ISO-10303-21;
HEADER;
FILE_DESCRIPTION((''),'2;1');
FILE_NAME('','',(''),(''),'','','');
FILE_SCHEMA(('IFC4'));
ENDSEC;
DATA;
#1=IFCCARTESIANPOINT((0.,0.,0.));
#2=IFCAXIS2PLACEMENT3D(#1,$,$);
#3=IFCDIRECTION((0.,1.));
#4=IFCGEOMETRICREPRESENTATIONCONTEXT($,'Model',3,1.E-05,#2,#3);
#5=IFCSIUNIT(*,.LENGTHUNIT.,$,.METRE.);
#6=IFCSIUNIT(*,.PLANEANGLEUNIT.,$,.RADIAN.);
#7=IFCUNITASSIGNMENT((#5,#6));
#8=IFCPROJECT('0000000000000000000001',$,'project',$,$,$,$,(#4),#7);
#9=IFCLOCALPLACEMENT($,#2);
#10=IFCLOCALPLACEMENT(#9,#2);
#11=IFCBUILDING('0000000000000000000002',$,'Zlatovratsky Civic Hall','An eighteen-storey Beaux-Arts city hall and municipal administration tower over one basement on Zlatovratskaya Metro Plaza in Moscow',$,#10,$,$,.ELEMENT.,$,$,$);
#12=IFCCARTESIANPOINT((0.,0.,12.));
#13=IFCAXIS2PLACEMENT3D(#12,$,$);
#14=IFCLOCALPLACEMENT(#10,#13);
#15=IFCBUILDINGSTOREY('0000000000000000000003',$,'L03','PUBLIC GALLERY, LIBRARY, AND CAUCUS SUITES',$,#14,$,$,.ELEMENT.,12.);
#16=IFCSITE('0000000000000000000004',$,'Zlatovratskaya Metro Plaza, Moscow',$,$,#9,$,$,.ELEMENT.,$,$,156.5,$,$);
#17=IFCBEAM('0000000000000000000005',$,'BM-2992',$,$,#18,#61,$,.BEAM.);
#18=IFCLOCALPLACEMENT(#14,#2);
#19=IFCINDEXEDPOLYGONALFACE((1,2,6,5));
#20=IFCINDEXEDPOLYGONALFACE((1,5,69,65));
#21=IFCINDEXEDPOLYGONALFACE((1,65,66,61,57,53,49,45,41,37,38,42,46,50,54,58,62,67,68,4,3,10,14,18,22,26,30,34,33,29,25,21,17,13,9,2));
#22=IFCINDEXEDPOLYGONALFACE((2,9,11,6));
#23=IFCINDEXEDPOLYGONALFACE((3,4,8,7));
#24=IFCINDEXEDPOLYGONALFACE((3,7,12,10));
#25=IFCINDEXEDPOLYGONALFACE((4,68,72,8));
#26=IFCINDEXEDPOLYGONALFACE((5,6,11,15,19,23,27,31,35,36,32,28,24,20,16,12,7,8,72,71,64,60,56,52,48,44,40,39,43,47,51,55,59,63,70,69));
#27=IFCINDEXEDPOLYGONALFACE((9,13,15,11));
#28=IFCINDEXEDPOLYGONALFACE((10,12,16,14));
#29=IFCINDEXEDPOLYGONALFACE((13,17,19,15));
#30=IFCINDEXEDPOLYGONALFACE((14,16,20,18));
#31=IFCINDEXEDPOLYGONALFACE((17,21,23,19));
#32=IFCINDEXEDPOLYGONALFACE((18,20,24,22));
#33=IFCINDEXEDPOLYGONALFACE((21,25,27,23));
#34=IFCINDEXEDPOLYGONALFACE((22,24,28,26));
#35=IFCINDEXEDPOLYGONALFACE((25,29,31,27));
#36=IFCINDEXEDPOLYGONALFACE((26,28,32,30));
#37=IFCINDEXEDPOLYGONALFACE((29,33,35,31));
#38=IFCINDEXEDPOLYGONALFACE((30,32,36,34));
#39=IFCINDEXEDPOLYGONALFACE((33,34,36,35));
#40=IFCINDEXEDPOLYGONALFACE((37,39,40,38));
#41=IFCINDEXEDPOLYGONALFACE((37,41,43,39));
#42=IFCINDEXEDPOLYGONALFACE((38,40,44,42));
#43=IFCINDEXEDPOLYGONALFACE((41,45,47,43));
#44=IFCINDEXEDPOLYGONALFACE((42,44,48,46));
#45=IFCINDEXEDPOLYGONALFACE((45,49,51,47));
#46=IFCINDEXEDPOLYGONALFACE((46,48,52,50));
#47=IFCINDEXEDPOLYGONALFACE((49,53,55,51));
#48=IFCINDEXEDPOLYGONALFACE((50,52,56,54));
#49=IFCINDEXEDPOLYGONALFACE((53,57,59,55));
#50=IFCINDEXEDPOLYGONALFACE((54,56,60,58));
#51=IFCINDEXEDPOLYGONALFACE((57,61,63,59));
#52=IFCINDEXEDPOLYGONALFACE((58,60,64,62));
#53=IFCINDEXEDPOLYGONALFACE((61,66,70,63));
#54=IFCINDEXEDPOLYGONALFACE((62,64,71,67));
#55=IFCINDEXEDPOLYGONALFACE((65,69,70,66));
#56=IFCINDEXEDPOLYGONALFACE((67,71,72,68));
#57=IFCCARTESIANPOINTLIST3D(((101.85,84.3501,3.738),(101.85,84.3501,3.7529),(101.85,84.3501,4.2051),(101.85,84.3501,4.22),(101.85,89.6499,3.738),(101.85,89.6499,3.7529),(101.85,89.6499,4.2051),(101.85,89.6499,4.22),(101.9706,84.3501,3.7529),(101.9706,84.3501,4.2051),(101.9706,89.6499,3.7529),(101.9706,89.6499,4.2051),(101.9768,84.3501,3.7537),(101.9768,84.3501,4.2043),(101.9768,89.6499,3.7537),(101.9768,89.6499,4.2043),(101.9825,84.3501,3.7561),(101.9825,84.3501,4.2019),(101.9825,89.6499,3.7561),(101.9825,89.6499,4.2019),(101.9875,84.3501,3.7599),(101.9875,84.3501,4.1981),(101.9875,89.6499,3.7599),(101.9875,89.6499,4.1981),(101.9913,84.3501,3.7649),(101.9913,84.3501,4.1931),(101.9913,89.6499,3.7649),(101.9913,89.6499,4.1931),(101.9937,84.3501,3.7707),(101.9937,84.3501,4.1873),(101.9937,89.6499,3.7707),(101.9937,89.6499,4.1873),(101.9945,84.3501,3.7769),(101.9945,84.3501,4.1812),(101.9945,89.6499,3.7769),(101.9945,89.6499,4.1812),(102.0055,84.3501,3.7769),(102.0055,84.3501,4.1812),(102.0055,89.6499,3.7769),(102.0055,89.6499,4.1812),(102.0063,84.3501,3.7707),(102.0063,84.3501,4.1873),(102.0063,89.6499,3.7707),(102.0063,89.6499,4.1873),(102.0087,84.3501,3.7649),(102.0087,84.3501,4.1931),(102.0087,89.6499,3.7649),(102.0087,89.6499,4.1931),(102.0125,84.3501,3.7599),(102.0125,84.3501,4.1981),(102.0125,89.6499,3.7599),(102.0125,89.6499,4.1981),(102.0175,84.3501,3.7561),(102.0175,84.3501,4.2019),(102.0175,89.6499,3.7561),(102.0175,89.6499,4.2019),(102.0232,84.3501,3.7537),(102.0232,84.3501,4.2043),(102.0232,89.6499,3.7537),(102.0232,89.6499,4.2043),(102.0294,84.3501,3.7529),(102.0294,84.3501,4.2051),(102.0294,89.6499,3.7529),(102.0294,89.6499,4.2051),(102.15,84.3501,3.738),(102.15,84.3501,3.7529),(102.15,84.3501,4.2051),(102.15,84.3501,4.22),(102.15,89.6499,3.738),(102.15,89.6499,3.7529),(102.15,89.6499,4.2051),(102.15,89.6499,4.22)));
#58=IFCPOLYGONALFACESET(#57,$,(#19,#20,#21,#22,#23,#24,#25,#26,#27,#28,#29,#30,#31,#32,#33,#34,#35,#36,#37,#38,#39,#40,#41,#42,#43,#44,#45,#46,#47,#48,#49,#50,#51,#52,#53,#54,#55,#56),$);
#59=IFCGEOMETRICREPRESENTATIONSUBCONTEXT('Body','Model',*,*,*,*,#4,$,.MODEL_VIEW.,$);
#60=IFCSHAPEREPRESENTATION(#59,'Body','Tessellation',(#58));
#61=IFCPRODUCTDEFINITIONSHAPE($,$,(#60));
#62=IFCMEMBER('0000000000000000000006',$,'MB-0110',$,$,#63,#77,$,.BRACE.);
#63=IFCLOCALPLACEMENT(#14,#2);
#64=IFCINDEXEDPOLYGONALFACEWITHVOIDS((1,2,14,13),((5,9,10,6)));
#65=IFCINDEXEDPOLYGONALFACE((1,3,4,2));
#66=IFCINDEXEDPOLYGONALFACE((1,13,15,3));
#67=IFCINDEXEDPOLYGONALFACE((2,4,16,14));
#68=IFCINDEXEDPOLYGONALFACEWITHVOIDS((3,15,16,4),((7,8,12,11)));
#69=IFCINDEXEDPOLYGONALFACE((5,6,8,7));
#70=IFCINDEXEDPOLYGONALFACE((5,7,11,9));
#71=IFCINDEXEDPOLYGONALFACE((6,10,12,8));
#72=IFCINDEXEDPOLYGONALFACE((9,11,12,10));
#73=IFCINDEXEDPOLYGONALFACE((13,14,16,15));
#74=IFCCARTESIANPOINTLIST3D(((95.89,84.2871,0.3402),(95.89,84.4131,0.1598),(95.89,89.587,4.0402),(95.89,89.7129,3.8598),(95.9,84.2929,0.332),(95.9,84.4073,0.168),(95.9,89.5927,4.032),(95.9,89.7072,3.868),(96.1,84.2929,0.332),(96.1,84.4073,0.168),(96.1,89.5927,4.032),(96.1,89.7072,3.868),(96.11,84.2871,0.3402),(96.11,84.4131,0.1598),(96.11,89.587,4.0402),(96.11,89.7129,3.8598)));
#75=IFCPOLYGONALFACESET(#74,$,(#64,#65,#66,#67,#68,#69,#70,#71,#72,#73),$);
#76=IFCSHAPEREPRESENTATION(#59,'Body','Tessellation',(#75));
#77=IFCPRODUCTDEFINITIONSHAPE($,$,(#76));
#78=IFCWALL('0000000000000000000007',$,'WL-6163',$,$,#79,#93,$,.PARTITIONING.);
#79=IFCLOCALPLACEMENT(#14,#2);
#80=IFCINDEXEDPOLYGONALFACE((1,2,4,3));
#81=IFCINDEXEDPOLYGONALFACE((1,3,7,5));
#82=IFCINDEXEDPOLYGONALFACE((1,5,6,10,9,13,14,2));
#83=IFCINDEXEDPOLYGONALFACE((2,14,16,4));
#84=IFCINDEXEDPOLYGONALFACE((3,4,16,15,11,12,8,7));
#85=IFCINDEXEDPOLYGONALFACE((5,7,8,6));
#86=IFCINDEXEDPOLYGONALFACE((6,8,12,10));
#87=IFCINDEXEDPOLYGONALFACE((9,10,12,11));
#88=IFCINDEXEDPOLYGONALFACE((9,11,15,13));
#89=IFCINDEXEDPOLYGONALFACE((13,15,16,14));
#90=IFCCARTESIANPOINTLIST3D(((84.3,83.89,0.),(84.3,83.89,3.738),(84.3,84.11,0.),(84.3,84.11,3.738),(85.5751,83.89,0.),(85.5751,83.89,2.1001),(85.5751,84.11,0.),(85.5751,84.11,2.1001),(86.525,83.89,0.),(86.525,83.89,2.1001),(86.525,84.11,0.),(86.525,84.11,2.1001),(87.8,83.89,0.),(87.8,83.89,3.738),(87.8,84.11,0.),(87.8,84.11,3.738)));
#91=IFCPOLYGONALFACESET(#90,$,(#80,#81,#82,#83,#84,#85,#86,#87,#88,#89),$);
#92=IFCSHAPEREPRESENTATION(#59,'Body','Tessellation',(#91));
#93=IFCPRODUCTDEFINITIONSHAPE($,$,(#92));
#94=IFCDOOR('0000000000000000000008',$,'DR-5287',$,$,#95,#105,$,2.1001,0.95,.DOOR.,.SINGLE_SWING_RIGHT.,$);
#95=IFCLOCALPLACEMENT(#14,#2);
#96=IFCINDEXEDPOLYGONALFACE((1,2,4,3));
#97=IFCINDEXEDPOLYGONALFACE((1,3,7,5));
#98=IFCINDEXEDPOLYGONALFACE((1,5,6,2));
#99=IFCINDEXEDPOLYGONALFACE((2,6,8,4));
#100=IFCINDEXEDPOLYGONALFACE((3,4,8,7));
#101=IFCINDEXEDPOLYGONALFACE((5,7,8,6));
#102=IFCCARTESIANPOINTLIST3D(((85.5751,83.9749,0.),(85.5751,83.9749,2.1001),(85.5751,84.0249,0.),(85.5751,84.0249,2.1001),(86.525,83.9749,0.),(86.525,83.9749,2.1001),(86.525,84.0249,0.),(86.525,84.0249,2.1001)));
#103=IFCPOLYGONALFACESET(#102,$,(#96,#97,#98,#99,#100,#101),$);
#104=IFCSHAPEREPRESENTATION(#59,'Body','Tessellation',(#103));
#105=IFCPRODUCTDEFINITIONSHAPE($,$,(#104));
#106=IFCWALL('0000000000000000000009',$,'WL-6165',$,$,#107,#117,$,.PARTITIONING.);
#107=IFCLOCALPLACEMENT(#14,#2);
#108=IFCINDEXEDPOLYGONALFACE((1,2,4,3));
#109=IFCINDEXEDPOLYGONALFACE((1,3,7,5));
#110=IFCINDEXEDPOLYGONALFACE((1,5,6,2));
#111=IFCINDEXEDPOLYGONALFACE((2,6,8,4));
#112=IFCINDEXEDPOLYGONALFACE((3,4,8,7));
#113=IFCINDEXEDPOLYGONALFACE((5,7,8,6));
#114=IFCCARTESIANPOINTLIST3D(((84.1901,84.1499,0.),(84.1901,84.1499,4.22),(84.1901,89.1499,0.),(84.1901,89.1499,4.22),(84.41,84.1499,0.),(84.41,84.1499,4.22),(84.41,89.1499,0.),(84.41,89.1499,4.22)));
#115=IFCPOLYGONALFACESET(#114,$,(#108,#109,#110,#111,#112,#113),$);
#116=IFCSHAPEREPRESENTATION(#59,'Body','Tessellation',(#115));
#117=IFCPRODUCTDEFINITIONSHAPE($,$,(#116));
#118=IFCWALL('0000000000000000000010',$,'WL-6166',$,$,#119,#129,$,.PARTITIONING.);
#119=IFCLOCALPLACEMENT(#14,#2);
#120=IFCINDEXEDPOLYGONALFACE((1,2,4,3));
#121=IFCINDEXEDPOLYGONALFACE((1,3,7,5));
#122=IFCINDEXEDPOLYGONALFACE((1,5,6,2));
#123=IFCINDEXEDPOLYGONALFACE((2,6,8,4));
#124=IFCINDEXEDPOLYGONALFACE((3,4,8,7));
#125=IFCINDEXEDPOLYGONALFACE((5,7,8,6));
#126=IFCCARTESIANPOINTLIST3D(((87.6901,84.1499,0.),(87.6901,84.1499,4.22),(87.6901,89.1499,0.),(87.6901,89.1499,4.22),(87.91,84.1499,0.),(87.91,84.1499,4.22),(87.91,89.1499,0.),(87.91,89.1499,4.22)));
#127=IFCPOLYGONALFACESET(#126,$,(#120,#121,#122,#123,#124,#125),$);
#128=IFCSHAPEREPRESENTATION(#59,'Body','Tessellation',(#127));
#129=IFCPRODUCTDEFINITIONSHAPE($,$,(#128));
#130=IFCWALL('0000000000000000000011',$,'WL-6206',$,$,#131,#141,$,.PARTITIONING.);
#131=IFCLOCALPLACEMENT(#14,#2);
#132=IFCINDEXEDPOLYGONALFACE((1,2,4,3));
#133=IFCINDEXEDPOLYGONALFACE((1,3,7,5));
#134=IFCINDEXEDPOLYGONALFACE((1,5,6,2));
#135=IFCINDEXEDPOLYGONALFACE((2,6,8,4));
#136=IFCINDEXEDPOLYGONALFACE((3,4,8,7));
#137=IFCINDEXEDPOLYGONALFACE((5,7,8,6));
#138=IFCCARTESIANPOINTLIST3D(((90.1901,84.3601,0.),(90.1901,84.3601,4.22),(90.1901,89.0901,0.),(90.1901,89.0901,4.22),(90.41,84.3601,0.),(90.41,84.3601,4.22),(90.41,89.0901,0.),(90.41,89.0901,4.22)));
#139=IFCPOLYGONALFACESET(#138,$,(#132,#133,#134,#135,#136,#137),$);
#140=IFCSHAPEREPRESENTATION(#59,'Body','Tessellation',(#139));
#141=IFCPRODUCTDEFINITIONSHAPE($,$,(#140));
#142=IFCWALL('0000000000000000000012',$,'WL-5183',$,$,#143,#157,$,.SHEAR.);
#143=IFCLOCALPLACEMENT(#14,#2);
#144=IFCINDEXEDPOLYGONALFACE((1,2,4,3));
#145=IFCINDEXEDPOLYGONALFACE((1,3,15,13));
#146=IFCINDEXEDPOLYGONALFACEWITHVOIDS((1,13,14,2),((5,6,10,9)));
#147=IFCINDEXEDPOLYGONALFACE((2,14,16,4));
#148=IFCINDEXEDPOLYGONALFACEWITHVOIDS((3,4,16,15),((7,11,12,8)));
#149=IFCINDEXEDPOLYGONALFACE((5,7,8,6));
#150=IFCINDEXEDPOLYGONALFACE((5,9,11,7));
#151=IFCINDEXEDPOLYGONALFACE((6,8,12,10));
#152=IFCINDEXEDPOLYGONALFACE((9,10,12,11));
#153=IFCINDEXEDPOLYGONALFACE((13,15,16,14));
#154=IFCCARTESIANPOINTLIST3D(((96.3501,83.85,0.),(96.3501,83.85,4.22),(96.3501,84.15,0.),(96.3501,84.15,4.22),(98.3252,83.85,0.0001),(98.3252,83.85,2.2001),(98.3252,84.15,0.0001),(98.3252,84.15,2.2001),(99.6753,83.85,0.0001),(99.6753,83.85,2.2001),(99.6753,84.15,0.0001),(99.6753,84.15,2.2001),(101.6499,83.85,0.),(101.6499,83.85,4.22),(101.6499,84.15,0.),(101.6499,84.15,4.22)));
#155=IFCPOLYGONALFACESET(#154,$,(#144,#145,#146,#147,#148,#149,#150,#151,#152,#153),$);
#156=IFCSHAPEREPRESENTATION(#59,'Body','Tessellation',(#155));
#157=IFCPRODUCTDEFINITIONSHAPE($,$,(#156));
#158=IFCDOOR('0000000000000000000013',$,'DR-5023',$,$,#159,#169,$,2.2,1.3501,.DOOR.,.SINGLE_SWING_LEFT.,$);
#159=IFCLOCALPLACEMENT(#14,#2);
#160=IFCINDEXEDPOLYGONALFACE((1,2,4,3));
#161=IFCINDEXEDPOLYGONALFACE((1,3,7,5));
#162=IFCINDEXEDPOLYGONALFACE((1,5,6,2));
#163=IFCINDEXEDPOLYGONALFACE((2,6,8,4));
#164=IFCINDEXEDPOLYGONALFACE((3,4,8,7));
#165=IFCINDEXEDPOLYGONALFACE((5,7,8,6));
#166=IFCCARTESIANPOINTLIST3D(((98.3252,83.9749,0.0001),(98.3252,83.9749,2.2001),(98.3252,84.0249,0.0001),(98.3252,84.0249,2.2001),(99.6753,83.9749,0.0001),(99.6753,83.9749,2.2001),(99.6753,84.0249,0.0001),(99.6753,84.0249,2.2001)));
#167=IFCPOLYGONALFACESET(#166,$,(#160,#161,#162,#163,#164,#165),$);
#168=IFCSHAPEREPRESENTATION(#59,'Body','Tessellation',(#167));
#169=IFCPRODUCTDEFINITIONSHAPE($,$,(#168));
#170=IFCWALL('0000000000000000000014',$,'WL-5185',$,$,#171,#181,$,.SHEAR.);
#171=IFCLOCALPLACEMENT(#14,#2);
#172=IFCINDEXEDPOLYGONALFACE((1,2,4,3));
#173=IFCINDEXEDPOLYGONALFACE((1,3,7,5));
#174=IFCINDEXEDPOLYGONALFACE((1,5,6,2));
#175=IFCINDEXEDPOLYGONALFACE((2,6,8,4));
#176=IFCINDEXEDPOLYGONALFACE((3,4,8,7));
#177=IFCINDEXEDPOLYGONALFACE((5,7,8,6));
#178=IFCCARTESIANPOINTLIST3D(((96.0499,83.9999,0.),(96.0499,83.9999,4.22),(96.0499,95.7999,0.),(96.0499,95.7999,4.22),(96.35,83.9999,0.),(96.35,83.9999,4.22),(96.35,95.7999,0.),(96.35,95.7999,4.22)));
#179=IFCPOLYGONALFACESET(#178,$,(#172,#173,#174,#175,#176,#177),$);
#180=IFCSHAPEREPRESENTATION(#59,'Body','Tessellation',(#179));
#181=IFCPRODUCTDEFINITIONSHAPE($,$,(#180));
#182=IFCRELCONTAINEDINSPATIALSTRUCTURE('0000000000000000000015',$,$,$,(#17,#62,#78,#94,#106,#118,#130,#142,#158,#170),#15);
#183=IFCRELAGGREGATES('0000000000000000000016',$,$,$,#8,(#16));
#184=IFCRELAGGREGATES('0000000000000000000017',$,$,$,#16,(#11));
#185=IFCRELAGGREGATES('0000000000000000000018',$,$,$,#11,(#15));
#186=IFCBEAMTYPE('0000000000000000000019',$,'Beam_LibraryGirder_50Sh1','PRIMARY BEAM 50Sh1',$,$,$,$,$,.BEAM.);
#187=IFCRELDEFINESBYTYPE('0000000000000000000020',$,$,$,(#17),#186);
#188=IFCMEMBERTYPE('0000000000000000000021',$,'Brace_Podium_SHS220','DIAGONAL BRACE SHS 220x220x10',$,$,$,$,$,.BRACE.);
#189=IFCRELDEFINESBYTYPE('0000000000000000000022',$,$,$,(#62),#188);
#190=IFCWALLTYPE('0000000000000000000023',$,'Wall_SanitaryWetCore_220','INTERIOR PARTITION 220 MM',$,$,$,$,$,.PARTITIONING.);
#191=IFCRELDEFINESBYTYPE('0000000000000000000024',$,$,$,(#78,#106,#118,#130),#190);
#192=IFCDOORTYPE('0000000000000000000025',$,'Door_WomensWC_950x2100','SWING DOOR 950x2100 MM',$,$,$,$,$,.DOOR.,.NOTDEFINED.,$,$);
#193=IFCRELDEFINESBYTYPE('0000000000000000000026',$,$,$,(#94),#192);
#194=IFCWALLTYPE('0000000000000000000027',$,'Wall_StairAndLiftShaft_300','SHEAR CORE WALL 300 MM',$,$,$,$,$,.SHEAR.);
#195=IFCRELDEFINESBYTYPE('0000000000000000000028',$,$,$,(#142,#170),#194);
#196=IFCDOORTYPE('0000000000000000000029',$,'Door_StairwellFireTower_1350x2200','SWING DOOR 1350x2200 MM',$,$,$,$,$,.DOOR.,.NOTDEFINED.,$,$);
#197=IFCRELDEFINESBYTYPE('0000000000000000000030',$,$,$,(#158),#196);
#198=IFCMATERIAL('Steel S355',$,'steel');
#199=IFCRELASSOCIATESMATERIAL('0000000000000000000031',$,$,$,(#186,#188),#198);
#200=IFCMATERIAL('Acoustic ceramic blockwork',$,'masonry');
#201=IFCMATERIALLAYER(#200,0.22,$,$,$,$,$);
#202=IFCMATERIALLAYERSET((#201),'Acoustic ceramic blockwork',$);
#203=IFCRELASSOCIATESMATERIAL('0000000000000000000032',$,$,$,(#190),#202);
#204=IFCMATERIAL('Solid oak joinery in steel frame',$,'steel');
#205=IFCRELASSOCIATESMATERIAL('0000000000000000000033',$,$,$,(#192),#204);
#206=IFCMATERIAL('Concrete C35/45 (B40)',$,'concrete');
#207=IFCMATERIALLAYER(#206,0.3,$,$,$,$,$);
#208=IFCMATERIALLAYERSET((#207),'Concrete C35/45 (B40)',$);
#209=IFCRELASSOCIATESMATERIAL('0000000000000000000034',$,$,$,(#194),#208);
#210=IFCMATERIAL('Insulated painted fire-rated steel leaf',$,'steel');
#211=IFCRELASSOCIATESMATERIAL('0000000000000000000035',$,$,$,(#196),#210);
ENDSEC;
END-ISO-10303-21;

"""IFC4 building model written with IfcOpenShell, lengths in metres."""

from ifc_helpers import new_model, si_unit, direction, frame, frame_2d, origin, origin_2d, place, context, subcontext, project, spatial, rectangle, hollow_rectangle, i_section, extrude, material, layer, layer_set, material_profile, profile_set, type_object, element, fill, save


model = new_model("IFC4")

# Units and contexts
model_context = context("Model", 3, precision=1e-05, world=origin(), true_north=direction((0.0, 1.0)))
body_context = subcontext(model_context, "Body", "Model", "MODEL_VIEW")
ifc_project = project(units=[si_unit("LENGTHUNIT", "METRE"), si_unit("PLANEANGLEUNIT", "RADIAN")], contexts=[model_context])

# Site, building, storey
site_placement = place(None, origin())
site = spatial("IfcSite", under=ifc_project, at=site_placement, Name="Zlatovratskaya Metro Plaza, Moscow", CompositionType="ELEMENT", RefElevation=156.5)
building_placement = place(site_placement, origin())
building = spatial("IfcBuilding", under=site, at=building_placement, Name="Zlatovratsky Civic Hall", Description="An eighteen-storey Beaux-Arts city hall and municipal administration tower over one basement on Zlatovratskaya Metro Plaza in Moscow", CompositionType="ELEMENT")
storey_placement = place(building_placement, frame((0.0, 0.0, 12.0)))
storey = spatial("IfcBuildingStorey", under=building, at=storey_placement, Name="L03", Description="PUBLIC GALLERY, LIBRARY, AND CAUCUS SUITES", CompositionType="ELEMENT", Elevation=12.0)

# Shared definitions
ifc_material_1 = material(Name="Concrete C35/45 (B40)", Category="concrete")

# Beam
ifc_material_2 = material(Name="Steel S355", Category="steel")
ifc_material_profile_1 = material_profile(ifc_material_2, i_section(OverallWidth=0.3, OverallDepth=0.4819, WebThickness=0.011, FlangeThickness=0.0149, FilletRadius=0.0239, at=origin_2d()), Name="50Sh1")
ifc_profile_set_1 = profile_set([ifc_material_profile_1], Name="Steel S355")
beam_type = type_object("IfcBeamType", Name="Beam_LibraryGirder_50Sh1", Description="PRIMARY BEAM 50Sh1", PredefinedType="BEAM", material=ifc_profile_set_1)
beam_1_placement = place(storey_placement, frame((102.0, 84.3501, 3.979), z_axis=(0.0, 1.0, 0.0), x_axis=(-1.0, 0.0, 0.0)))
element("IfcBeam", 1, at=beam_1_placement, inside=storey, type_object=beam_type, Name="BM-2992", PredefinedType="BEAM", context=body_context, shape_type="SweptSolid", body=[
    extrude(i_section(OverallWidth=0.3, OverallDepth=0.4819, WebThickness=0.011, FlangeThickness=0.0149, FilletRadius=0.0239, at=origin_2d()), origin(), (0.0, 0.0, 1.0), 5.2998),
])

# Member
ifc_material_profile_2 = material_profile(ifc_material_2, hollow_rectangle(XDim=0.22, YDim=0.22, WallThickness=0.01, at=origin_2d()), Name="SHS 220x220x10")
ifc_profile_set_2 = profile_set([ifc_material_profile_2], Name="Steel S355")
member_type = type_object("IfcMemberType", Name="Brace_Podium_SHS220", Description="DIAGONAL BRACE SHS 220x220x10", PredefinedType="BRACE", material=ifc_profile_set_2)
member_placement = place(storey_placement, frame((96.0, 84.3501, 0.25), z_axis=(0.0, 0.819952, 0.572433), x_axis=(-1.0, 0.0, 0.0)))
element("IfcMember", 2, at=member_placement, inside=storey, type_object=member_type, Name="MB-0110", PredefinedType="BRACE", context=body_context, shape_type="SweptSolid", body=[
    extrude(hollow_rectangle(XDim=0.22, YDim=0.22, WallThickness=0.01, at=origin_2d()), origin(), (0.0, 0.0, 1.0), 6.4636),
])

# Wall, opening, door
ifc_material_3 = material(Name="Acoustic ceramic blockwork", Category="masonry")
ifc_layer_1 = layer(ifc_material_3, 0.22)
ifc_layer_set_1 = layer_set([ifc_layer_1], Name="Acoustic ceramic blockwork")
wall_type_1 = type_object("IfcWallType", Name="Wall_SanitaryWetCore_220", Description="INTERIOR PARTITION 220 MM", PredefinedType="PARTITIONING", material=ifc_layer_set_1)
wall_1_placement = place(storey_placement, frame((84.3, 84.0, 0.0), z_axis=(0.0, 0.0, 1.0), x_axis=(1.0, 0.0, 0.0)))
wall_1 = element("IfcWall", 3, at=wall_1_placement, inside=storey, type_object=wall_type_1, Name="WL-6163", PredefinedType="PARTITIONING", context=body_context, shape_type="SweptSolid", body=[
    extrude(rectangle(XDim=3.5, YDim=0.22, at=frame_2d((1.75, 0.0))), origin(), (0.0, 0.0, 1.0), 3.738),
])
opening_1_placement = place(wall_1_placement, frame((1.2749, 0.0, 0.0)))
opening_1 = element("IfcOpeningElement", 4, at=opening_1_placement, cuts=wall_1, PredefinedType="OPENING", context=body_context, shape_type="SweptSolid", body=[
    extrude(rectangle(XDim=0.95, YDim=2.1001, at=frame_2d((0.4751, 1.05))), frame((0.0, 0.125, 0.0), z_axis=(0.0, -1.0, 0.0), x_axis=(1.0, 0.0, 0.0)), (0.0, 0.0, 1.0), 0.2498),
])
ifc_material_4 = material(Name="Solid oak joinery in steel frame", Category="steel")
door_type_1 = type_object("IfcDoorType", Name="Door_WomensWC_950x2100", Description="SWING DOOR 950x2100 MM", OperationType="NOTDEFINED", PredefinedType="DOOR", material=ifc_material_4)
door_1_placement = place(opening_1_placement, origin())
door_1 = element("IfcDoor", 5, at=door_1_placement, inside=storey, type_object=door_type_1, Name="DR-5287", OperationType="SINGLE_SWING_RIGHT", OverallHeight=2.1001, OverallWidth=0.95, PredefinedType="DOOR", context=body_context, shape_type="SweptSolid", body=[
    extrude(rectangle(XDim=0.95, YDim=2.1001, at=frame_2d((0.4751, 1.05))), frame((0.0, 0.0249, 0.0), z_axis=(0.0, -1.0, 0.0), x_axis=(1.0, 0.0, 0.0)), (0.0, 0.0, 1.0), 0.05),
])
fill(opening_1, door_1)

# Walls
for number, where, z_axis, x_axis, name in (
    (6, (84.3, 84.1499, 0.0), (0.0, 0.0, 1.0), (0.0, 1.0, 0.0), "WL-6165"),
    (7, (87.8, 84.1499, 0.0), (0.0, 0.0, 1.0), (0.0, 1.0, 0.0), "WL-6166"),
):
    element("IfcWall", number, at=place(storey_placement, frame(where, z_axis=z_axis, x_axis=x_axis)), inside=storey, type_object=wall_type_1, Name=name, PredefinedType="PARTITIONING", context=body_context, shape_type="SweptSolid", body=[
        extrude(rectangle(XDim=5.0, YDim=0.22, at=frame_2d((2.5, 0.0))), origin(), (0.0, 0.0, 1.0), 4.22),
    ])

# Shared definitions
ifc_material_5 = material(Name="Insulated painted fire-rated steel leaf", Category="steel")

# Wall
wall_2_placement = place(storey_placement, frame((90.3, 84.3601, 0.0), z_axis=(0.0, 0.0, 1.0), x_axis=(0.0, 1.0, 0.0)))
element("IfcWall", 8, at=wall_2_placement, inside=storey, type_object=wall_type_1, Name="WL-6206", PredefinedType="PARTITIONING", context=body_context, shape_type="SweptSolid", body=[
    extrude(rectangle(XDim=4.73, YDim=0.22, at=frame_2d((2.365, 0.0))), origin(), (0.0, 0.0, 1.0), 4.22),
])

# Wall, opening, door
ifc_layer_2 = layer(ifc_material_1, 0.3)
ifc_layer_set_2 = layer_set([ifc_layer_2], Name="Concrete C35/45 (B40)")
wall_type_2 = type_object("IfcWallType", Name="Wall_StairAndLiftShaft_300", Description="SHEAR CORE WALL 300 MM", PredefinedType="SHEAR", material=ifc_layer_set_2)
wall_3_placement = place(storey_placement, frame((96.3501, 84.0, 0.0), z_axis=(0.0, 0.0, 1.0), x_axis=(1.0, 0.0, 0.0)))
wall_3 = element("IfcWall", 9, at=wall_3_placement, inside=storey, type_object=wall_type_2, Name="WL-5183", PredefinedType="SHEAR", context=body_context, shape_type="SweptSolid", body=[
    extrude(rectangle(XDim=5.2998, YDim=0.3, at=frame_2d((2.6499, 0.0))), origin(), (0.0, 0.0, 1.0), 4.22),
])
opening_2_placement = place(wall_3_placement, frame((1.9751, 0.0, 0.0)))
opening_2 = element("IfcOpeningElement", 10, at=opening_2_placement, cuts=wall_3, PredefinedType="OPENING", context=body_context, shape_type="SweptSolid", body=[
    extrude(rectangle(XDim=1.3501, YDim=2.2, at=frame_2d((0.675, 1.1001))), frame((0.0, 0.165, 0.0), z_axis=(0.0, -1.0, 0.0), x_axis=(1.0, 0.0, 0.0)), (0.0, 0.0, 1.0), 0.3298),
])
door_type_2 = type_object("IfcDoorType", Name="Door_StairwellFireTower_1350x2200", Description="SWING DOOR 1350x2200 MM", OperationType="NOTDEFINED", PredefinedType="DOOR", material=ifc_material_5)
door_2_placement = place(opening_2_placement, origin())
door_2 = element("IfcDoor", 11, at=door_2_placement, inside=storey, type_object=door_type_2, Name="DR-5023", OperationType="SINGLE_SWING_LEFT", OverallHeight=2.2, OverallWidth=1.3501, PredefinedType="DOOR", context=body_context, shape_type="SweptSolid", body=[
    extrude(rectangle(XDim=1.3501, YDim=2.2, at=frame_2d((0.675, 1.1001))), frame((0.0, 0.0249, 0.0), z_axis=(0.0, -1.0, 0.0), x_axis=(1.0, 0.0, 0.0)), (0.0, 0.0, 1.0), 0.05),
])
fill(opening_2, door_2)

# Wall
for number, where, z_axis, x_axis, name in (
    (12, (96.2, 84.0, 0.0), (0.0, 0.0, 1.0), (0.0, 1.0, 0.0), "WL-5185"),
):
    element("IfcWall", number, at=place(storey_placement, frame(where, z_axis=z_axis, x_axis=x_axis)), inside=storey, type_object=wall_type_2, Name=name, PredefinedType="SHEAR", context=body_context, shape_type="SweptSolid", body=[
        extrude(rectangle(XDim=11.8, YDim=0.3, at=frame_2d((5.8999, 0.0))), origin(), (0.0, 0.0, 1.0), 4.22),
    ])

save(model, "model.ifc")
